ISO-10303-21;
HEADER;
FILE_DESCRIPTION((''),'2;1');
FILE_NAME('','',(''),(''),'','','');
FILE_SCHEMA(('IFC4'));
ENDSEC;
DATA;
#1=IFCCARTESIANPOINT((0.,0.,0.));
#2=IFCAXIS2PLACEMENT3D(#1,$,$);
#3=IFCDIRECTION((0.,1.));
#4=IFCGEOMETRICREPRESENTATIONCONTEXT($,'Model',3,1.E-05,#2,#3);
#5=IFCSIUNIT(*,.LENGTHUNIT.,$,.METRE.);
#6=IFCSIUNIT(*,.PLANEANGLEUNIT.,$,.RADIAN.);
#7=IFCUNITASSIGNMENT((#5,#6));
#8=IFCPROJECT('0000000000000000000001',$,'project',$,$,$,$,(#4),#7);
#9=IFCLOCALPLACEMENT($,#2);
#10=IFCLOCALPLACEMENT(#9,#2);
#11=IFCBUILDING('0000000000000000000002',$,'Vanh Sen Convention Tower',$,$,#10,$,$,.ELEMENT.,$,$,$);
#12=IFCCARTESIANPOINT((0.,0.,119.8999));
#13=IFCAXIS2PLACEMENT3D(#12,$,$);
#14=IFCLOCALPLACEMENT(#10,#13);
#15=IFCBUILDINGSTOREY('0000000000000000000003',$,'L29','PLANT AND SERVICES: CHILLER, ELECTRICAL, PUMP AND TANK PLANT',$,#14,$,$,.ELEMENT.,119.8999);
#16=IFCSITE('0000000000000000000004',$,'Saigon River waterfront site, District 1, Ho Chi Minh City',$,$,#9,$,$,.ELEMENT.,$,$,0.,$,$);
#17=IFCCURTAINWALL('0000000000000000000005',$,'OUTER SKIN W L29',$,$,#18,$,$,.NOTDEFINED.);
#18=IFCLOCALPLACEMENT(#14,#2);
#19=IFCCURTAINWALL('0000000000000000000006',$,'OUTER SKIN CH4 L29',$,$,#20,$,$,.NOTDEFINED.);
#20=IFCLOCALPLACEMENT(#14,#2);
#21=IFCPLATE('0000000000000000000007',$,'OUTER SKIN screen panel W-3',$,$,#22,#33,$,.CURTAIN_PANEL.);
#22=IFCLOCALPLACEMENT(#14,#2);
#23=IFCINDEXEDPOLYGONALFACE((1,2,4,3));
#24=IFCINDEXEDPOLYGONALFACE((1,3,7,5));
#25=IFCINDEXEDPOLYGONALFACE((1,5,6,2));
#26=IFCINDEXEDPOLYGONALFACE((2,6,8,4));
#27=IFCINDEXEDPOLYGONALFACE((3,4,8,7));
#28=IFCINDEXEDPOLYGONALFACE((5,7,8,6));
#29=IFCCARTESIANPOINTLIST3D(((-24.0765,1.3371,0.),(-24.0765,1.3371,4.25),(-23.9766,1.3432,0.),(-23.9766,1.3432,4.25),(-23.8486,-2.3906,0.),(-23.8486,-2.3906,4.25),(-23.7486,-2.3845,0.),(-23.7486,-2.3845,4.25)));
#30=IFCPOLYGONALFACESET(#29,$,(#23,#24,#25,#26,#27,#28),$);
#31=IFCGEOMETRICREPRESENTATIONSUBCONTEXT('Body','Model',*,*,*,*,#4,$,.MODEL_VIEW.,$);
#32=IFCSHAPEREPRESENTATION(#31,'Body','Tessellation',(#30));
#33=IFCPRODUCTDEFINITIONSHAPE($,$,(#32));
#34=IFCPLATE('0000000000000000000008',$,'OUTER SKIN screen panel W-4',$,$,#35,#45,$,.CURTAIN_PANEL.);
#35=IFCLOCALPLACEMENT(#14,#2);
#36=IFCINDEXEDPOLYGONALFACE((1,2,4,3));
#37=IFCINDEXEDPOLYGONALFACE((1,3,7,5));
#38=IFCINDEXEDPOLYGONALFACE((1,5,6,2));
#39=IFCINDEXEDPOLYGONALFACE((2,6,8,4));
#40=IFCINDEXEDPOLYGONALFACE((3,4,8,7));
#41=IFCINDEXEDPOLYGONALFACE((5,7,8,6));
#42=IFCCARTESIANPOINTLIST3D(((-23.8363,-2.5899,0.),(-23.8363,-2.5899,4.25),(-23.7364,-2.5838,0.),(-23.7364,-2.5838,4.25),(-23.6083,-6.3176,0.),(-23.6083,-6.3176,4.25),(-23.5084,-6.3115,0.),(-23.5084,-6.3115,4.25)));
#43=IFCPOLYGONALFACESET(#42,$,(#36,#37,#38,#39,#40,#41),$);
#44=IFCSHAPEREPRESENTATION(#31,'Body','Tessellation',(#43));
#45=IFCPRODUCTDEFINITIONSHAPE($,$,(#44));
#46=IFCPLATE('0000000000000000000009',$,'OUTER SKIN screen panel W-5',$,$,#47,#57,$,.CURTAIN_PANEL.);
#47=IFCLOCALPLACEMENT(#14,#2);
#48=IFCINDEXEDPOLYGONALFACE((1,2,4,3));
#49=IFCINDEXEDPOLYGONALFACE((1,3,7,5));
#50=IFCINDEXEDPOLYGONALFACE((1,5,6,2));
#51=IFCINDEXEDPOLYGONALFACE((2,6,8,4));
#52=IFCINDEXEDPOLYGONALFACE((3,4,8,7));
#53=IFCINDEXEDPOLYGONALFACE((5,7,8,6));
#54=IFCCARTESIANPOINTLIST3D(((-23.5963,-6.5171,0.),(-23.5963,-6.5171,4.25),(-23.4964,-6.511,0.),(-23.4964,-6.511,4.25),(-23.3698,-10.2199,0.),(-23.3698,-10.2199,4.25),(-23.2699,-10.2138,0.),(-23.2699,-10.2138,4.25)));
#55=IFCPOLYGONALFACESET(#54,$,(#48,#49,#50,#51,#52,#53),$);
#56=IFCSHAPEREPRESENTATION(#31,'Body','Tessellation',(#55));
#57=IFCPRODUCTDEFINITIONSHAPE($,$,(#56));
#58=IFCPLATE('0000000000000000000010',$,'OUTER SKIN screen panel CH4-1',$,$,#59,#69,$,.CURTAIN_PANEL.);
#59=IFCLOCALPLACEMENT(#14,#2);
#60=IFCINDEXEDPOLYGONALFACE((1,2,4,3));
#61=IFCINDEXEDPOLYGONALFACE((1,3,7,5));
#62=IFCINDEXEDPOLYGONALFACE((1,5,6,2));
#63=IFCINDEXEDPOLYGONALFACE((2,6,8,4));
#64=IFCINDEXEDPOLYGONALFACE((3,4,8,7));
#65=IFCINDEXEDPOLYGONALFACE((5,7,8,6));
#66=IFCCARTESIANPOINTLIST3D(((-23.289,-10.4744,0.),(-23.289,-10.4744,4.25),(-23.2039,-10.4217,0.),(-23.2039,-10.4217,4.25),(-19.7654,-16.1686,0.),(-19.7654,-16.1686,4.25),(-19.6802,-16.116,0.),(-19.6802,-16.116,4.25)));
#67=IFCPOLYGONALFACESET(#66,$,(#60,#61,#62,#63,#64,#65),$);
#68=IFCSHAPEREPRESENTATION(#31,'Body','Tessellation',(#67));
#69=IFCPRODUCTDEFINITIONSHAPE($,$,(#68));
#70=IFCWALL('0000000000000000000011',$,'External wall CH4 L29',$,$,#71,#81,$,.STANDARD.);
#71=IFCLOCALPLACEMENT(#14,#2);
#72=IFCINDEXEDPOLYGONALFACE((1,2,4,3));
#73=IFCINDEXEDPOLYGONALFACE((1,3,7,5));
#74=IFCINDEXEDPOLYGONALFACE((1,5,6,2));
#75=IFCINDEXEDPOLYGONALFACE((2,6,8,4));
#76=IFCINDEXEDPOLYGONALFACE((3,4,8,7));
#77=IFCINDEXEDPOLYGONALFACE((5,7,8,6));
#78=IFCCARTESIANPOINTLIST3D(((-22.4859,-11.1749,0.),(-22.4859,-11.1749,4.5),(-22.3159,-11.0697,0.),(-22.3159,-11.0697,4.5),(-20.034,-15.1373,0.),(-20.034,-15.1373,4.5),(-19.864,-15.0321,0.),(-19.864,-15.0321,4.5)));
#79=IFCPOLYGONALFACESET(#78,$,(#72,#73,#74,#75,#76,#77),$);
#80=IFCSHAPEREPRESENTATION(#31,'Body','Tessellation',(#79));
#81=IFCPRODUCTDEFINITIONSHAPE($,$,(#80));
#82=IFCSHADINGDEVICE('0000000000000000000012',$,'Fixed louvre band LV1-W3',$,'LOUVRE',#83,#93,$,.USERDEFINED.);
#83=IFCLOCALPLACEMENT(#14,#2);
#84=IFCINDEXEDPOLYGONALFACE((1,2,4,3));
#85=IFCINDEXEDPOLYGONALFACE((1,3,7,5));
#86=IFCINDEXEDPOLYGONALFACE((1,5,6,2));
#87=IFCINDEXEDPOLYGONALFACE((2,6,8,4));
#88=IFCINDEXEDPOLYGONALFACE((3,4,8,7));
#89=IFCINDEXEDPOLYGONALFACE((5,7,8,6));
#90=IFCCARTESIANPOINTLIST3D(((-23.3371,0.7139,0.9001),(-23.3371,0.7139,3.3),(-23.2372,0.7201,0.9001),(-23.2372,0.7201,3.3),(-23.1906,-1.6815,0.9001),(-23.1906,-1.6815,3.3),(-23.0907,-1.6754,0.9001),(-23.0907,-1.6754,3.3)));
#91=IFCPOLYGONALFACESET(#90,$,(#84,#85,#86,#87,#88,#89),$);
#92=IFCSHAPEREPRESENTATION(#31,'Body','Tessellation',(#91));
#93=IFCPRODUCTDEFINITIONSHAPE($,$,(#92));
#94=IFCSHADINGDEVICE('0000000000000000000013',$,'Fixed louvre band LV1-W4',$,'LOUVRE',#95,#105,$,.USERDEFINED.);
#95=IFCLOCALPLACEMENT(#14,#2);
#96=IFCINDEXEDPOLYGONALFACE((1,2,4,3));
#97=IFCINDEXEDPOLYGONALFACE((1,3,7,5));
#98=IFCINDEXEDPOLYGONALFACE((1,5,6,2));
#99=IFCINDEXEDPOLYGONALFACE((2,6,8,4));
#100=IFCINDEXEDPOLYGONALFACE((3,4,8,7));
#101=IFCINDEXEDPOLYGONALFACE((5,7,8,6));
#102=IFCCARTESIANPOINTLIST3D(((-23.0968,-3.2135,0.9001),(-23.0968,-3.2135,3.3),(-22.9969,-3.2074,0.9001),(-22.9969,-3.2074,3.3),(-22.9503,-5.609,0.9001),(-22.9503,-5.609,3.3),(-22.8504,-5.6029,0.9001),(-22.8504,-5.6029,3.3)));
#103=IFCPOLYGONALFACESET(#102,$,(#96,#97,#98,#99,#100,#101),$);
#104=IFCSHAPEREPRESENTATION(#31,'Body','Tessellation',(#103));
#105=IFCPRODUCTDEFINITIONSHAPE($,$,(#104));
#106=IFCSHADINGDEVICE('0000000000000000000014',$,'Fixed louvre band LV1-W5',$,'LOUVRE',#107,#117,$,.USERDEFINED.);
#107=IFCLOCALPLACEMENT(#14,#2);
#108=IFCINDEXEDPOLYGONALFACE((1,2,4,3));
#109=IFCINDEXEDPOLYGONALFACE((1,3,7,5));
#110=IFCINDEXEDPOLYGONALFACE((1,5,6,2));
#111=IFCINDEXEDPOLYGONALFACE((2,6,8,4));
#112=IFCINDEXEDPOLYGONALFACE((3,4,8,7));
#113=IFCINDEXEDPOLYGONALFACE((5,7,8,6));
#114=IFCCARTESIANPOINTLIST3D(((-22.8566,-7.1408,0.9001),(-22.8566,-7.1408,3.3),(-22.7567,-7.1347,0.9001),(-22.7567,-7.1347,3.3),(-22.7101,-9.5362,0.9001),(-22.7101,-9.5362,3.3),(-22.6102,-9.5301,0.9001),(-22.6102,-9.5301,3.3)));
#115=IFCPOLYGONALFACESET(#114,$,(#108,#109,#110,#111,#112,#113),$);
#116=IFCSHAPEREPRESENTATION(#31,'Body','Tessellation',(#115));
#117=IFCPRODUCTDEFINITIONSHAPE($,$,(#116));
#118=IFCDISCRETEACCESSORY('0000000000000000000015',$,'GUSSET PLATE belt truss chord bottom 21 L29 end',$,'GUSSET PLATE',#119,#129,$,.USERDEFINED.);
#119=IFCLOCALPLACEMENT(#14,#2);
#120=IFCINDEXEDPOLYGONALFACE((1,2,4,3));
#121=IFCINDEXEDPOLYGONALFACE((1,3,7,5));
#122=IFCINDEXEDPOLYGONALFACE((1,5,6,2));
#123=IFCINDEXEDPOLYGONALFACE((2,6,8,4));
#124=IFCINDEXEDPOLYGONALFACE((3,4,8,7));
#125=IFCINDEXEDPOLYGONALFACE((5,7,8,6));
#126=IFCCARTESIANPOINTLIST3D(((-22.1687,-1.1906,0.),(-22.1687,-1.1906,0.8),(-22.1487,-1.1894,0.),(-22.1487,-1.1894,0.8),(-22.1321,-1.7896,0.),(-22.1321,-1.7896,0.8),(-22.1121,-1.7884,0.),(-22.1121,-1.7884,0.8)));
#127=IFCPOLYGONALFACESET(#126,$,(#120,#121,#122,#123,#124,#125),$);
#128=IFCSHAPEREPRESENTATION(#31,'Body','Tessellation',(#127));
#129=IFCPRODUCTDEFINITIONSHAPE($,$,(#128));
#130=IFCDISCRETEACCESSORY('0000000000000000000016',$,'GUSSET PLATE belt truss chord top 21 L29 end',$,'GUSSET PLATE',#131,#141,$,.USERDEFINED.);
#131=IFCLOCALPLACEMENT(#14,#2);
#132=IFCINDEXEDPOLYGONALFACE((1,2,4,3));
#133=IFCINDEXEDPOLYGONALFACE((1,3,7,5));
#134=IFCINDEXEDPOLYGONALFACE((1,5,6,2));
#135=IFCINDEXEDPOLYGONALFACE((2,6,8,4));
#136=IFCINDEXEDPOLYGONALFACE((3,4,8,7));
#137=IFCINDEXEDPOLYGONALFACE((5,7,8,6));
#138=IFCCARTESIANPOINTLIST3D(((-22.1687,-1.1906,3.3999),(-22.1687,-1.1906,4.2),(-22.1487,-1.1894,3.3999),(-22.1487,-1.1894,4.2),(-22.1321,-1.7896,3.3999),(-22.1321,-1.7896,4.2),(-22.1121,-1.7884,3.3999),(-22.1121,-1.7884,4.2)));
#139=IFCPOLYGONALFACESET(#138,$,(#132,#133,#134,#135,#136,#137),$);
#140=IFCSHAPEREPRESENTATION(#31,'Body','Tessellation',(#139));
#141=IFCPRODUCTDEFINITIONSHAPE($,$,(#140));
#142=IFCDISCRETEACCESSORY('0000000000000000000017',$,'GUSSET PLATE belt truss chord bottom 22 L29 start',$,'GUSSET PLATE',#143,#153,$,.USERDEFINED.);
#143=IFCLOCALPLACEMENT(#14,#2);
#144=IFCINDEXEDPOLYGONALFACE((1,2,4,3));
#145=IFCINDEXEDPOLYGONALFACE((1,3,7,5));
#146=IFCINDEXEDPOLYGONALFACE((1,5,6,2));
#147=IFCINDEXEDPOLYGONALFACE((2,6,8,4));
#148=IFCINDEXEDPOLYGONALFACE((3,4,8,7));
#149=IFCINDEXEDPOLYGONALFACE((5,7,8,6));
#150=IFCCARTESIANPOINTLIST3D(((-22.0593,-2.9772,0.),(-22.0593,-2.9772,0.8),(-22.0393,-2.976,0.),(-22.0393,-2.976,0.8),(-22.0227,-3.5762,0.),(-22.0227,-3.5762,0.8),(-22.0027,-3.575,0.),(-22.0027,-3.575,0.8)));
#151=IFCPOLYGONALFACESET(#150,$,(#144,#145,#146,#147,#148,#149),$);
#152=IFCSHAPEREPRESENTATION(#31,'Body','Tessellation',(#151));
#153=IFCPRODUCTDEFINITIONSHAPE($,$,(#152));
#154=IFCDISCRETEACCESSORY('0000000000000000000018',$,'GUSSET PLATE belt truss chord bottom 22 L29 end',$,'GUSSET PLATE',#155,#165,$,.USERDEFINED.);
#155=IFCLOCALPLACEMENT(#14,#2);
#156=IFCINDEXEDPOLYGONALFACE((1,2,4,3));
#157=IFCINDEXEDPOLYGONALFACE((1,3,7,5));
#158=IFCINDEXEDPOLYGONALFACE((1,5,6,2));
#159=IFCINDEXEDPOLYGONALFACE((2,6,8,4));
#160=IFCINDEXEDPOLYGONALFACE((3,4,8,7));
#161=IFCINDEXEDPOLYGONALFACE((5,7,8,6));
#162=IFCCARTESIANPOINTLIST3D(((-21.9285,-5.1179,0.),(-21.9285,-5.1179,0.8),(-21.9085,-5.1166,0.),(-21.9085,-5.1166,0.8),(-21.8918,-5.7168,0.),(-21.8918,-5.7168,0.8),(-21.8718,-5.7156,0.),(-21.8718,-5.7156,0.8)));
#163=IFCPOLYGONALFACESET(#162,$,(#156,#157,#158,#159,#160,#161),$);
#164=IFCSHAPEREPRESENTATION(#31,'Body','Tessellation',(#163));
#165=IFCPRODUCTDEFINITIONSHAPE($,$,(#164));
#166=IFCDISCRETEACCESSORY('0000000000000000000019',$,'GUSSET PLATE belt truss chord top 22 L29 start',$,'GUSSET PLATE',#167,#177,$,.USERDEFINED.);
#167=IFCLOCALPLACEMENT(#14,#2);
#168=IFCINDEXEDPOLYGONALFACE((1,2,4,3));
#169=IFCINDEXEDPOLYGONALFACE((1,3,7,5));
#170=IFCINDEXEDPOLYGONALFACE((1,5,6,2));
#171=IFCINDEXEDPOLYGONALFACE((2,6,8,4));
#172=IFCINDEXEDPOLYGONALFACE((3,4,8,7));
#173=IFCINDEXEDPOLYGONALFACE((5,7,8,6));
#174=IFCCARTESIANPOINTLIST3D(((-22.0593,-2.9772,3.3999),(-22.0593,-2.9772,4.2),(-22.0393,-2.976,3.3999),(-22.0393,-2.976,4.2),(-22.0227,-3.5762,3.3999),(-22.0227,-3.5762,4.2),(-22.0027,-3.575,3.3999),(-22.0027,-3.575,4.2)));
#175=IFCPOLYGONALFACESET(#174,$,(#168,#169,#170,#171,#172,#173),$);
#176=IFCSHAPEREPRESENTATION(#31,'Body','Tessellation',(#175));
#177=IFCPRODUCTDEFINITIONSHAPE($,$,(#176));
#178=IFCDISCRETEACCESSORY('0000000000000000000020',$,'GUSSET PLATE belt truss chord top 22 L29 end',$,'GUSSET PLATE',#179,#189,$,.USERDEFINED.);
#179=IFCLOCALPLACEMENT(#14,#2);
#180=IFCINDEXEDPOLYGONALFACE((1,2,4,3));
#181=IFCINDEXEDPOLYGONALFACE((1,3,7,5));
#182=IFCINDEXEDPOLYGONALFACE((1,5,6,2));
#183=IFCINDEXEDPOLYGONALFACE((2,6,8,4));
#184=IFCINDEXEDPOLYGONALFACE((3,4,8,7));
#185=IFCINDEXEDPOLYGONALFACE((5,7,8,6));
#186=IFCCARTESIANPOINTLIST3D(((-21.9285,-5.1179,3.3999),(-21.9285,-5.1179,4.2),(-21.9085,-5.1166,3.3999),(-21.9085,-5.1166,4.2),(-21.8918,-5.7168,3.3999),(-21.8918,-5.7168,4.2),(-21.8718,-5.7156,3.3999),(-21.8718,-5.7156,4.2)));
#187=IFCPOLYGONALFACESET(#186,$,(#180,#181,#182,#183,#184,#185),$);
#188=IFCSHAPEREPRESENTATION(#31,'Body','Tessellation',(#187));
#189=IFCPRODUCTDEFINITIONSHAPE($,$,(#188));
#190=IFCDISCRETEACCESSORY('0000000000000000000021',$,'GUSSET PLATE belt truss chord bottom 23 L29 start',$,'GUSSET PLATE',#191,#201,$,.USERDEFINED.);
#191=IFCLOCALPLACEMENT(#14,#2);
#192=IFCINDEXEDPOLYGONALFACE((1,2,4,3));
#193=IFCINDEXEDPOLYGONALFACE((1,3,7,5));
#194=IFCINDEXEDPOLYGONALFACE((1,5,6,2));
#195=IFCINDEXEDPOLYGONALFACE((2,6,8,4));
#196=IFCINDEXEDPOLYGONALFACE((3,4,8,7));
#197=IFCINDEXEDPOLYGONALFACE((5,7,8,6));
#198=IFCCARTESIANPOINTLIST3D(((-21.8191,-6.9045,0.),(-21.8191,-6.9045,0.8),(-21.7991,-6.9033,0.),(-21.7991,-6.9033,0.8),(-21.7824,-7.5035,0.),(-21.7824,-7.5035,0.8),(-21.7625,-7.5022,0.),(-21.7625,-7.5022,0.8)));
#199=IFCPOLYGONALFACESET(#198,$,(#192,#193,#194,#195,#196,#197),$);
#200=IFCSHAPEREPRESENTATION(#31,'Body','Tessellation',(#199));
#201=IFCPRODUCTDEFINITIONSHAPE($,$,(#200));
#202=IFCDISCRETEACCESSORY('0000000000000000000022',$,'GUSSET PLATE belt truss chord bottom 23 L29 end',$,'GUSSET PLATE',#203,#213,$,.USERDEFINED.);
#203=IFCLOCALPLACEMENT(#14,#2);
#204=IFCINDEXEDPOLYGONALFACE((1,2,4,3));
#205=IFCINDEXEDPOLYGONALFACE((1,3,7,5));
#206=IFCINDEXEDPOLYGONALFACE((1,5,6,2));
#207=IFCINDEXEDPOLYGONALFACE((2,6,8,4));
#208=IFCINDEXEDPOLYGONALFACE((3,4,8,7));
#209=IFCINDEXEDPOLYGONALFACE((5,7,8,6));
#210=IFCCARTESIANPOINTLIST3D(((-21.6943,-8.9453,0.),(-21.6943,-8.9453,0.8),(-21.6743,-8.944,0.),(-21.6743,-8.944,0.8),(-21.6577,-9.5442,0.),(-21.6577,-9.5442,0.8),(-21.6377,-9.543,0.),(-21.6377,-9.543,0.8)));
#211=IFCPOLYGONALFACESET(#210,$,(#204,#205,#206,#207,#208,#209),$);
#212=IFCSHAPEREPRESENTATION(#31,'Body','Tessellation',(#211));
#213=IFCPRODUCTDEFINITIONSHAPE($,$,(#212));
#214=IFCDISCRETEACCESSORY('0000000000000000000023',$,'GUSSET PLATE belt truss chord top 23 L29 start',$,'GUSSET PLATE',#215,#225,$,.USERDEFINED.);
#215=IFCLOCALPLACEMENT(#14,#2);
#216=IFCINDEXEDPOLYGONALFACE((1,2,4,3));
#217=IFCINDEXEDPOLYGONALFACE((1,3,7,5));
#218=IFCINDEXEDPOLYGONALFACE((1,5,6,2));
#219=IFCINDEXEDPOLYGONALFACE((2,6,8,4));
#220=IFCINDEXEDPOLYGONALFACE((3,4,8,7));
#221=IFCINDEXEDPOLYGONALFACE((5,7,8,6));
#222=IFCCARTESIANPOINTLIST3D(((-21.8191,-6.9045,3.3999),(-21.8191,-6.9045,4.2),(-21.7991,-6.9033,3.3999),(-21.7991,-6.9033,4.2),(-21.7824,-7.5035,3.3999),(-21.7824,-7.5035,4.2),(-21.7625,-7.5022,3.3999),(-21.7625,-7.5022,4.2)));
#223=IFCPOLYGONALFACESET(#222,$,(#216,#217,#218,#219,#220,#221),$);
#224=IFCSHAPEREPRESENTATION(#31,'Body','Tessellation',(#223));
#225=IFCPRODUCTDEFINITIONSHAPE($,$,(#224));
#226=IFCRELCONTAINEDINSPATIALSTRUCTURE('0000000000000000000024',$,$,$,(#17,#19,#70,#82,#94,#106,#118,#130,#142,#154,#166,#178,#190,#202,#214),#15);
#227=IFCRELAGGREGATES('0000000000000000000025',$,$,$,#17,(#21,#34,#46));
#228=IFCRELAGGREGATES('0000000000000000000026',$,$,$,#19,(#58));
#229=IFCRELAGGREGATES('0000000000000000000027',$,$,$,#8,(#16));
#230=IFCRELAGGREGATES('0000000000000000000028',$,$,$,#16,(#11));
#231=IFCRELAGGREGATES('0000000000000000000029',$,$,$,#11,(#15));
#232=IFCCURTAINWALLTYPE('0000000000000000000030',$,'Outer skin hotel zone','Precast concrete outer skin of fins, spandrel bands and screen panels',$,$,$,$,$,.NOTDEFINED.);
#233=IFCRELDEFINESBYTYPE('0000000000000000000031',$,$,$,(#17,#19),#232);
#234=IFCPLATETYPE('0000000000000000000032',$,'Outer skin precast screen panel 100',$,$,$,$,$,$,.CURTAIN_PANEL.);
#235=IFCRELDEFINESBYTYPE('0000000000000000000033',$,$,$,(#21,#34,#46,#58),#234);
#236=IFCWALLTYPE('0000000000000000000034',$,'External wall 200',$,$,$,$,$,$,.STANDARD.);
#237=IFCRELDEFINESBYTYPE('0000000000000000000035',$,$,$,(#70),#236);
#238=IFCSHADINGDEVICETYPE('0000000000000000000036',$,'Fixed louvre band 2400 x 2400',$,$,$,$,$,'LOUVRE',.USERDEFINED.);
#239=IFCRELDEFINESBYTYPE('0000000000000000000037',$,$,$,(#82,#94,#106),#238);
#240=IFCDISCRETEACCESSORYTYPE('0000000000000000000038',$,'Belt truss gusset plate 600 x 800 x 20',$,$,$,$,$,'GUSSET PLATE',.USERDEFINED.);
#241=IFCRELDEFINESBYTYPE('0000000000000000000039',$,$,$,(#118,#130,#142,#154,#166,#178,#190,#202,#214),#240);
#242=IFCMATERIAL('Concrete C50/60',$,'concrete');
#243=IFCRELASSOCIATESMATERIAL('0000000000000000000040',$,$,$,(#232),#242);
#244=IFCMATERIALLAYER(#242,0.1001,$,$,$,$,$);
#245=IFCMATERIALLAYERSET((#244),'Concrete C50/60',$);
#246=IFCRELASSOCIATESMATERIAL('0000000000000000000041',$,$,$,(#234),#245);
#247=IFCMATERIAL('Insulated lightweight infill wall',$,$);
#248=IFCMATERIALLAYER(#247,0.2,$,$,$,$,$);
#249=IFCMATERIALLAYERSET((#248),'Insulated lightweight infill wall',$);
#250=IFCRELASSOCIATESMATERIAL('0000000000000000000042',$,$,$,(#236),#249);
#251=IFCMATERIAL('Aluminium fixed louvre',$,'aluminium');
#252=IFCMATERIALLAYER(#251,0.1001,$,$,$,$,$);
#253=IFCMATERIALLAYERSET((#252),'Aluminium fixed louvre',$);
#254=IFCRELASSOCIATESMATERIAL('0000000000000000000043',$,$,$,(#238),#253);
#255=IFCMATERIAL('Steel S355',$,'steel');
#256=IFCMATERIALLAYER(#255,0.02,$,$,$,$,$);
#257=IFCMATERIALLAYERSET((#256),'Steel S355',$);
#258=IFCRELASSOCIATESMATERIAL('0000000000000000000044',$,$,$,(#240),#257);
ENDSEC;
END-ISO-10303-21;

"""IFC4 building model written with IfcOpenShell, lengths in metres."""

from ifc_helpers import new_model, si_unit, direction, frame, frame_2d, origin, origin_2d, place, context, subcontext, project, spatial, rectangle, extrude, material, layer, layer_set, type_object, element, aggregate, save


model = new_model("IFC4")

# Units and contexts
model_context = context("Model", 3, precision=1e-05, world=origin(), true_north=direction((0.0, 1.0)))
body_context = subcontext(model_context, "Body", "Model", "MODEL_VIEW")
ifc_project = project(units=[si_unit("LENGTHUNIT", "METRE"), si_unit("PLANEANGLEUNIT", "RADIAN")], contexts=[model_context])

# Site, building, storey
site_placement = place(None, origin())
site = spatial("IfcSite", under=ifc_project, at=site_placement, Name="Saigon River waterfront site, District 1, Ho Chi Minh City", CompositionType="ELEMENT", RefElevation=0.0)
building_placement = place(site_placement, origin())
building = spatial("IfcBuilding", under=site, at=building_placement, Name="Vanh Sen Convention Tower", CompositionType="ELEMENT")
storey_placement = place(building_placement, frame((0.0, 0.0, 119.8999)))
storey = spatial("IfcBuildingStorey", under=building, at=storey_placement, Name="L29", Description="PLANT AND SERVICES: CHILLER, ELECTRICAL, PUMP AND TANK PLANT", CompositionType="ELEMENT", Elevation=119.8999)

# Shared definitions
ifc_material_1 = material(Name="Steel S355", Category="steel")

# Curtain wall
ifc_material_2 = material(Name="Concrete C50/60", Category="concrete")
curtain_wall_type = type_object("IfcCurtainWallType", Name="Outer skin hotel zone", Description="Precast concrete outer skin of fins, spandrel bands and screen panels", PredefinedType="NOTDEFINED", material=ifc_material_2)
curtain_wall_1_placement = place(storey_placement, origin())
curtain_wall_1 = element("IfcCurtainWall", 1, at=curtain_wall_1_placement, inside=storey, type_object=curtain_wall_type, Name="OUTER SKIN W L29", PredefinedType="NOTDEFINED")

# Curtain wall
curtain_wall_2_placement = place(storey_placement, origin())
curtain_wall_2 = element("IfcCurtainWall", 2, at=curtain_wall_2_placement, inside=storey, type_object=curtain_wall_type, Name="OUTER SKIN CH4 L29", PredefinedType="NOTDEFINED")

# Plates
ifc_layer_1 = layer(ifc_material_2, 0.1001)
ifc_layer_set_1 = layer_set([ifc_layer_1], Name="Concrete C50/60")
plate_type = type_object("IfcPlateType", Name="Outer skin precast screen panel 100", PredefinedType="CURTAIN_PANEL", material=ifc_layer_set_1)
plate_1_placement = place(storey_placement, frame((-23.9126, -0.5237, 0.0), z_axis=(0.0, 0.0, 1.0), x_axis=(0.061047, -0.998135, 0.0)))
plate_1 = element("IfcPlate", 3, at=plate_1_placement, type_object=plate_type, Name="OUTER SKIN screen panel W-3", PredefinedType="CURTAIN_PANEL", context=body_context, shape_type="SweptSolid", body=[
    extrude(rectangle(XDim=3.7346, YDim=0.1001, at=origin_2d()), origin(), (0.0, 0.0, 1.0), 4.25),
])
plate_2_placement = place(storey_placement, frame((-23.6724, -4.4507, 0.0), z_axis=(0.0, 0.0, 1.0), x_axis=(0.061049, -0.998135, 0.0)))
plate_2 = element("IfcPlate", 4, at=plate_2_placement, type_object=plate_type, Name="OUTER SKIN screen panel W-4", PredefinedType="CURTAIN_PANEL", context=body_context, shape_type="SweptSolid", body=[
    extrude(rectangle(XDim=3.7346, YDim=0.1001, at=origin_2d()), origin(), (0.0, 0.0, 1.0), 4.25),
])
plate_3_placement = place(storey_placement, frame((-23.4331, -8.3655, 0.0), z_axis=(0.0, 0.0, 1.0), x_axis=(0.061047, -0.998135, 0.0)))
plate_3 = element("IfcPlate", 5, at=plate_3_placement, type_object=plate_type, Name="OUTER SKIN screen panel W-5", PredefinedType="CURTAIN_PANEL", context=body_context, shape_type="SweptSolid", body=[
    extrude(rectangle(XDim=3.7097, YDim=0.1001, at=origin_2d()), origin(), (0.0, 0.0, 1.0), 4.25),
])
aggregate(curtain_wall_1, [plate_1, plate_2, plate_3])
plate_4_placement = place(storey_placement, frame((-21.4846, -13.2952, 0.0), z_axis=(0.0, 0.0, 1.0), x_axis=(0.526205, -0.850358, 0.0)))
plate_4 = element("IfcPlate", 6, at=plate_4_placement, type_object=plate_type, Name="OUTER SKIN screen panel CH4-1", PredefinedType="CURTAIN_PANEL", context=body_context, shape_type="SweptSolid", body=[
    extrude(rectangle(XDim=6.6963, YDim=0.1001, at=origin_2d()), origin(), (0.0, 0.0, 1.0), 4.25),
])
aggregate(curtain_wall_2, [plate_4])

# Wall
ifc_material_3 = material(Name="Insulated lightweight infill wall")
ifc_layer_2 = layer(ifc_material_3, 0.2)
ifc_layer_set_2 = layer_set([ifc_layer_2], Name="Insulated lightweight infill wall")
wall_type = type_object("IfcWallType", Name="External wall 200", PredefinedType="STANDARD", material=ifc_layer_set_2)
wall_placement = place(storey_placement, frame((-22.4009, -11.1223, 0.0), z_axis=(0.0, 0.0, 1.0), x_axis=(0.526198, -0.850362, 0.0)))
element("IfcWall", 7, at=wall_placement, inside=storey, type_object=wall_type, Name="External wall CH4 L29", PredefinedType="STANDARD", context=body_context, shape_type="SweptSolid", body=[
    extrude(rectangle(XDim=4.6597, YDim=0.2, at=frame_2d((2.3298, 0.0))), origin(), (0.0, 0.0, 1.0), 4.5),
])

# Shading devices
ifc_material_4 = material(Name="Aluminium fixed louvre", Category="aluminium")
ifc_layer_3 = layer(ifc_material_4, 0.1001)
ifc_layer_set_3 = layer_set([ifc_layer_3], Name="Aluminium fixed louvre")
shading_device_type = type_object("IfcShadingDeviceType", Name="Fixed louvre band 2400 x 2400", ElementType="LOUVRE", PredefinedType="USERDEFINED", material=ifc_layer_set_3)
for number, where, z_axis, x_axis, name in (
    (8, (-23.2139, -0.4807, 0.9001), (0.0, 0.0, 1.0), (0.061049, -0.998135, 0.0), "Fixed louvre band LV1-W3"),
    (9, (-22.9736, -4.4082, 0.9001), (0.0, 0.0, 1.0), (0.061049, -0.998135, 0.0), "Fixed louvre band LV1-W4"),
    (10, (-22.7334, -8.3354, 0.9001), (0.0, 0.0, 1.0), (0.061049, -0.998135, 0.0), "Fixed louvre band LV1-W5"),
):
    element("IfcShadingDevice", number, at=place(storey_placement, frame(where, z_axis=z_axis, x_axis=x_axis)), inside=storey, type_object=shading_device_type, Name=name, ObjectType="LOUVRE", PredefinedType="USERDEFINED", context=body_context, shape_type="SweptSolid", body=[
        extrude(rectangle(XDim=2.3999, YDim=0.1001, at=origin_2d()), origin(), (0.0, 0.0, 1.0), 2.3999),
    ])

# Discrete accessories
ifc_layer_4 = layer(ifc_material_1, 0.02)
ifc_layer_set_4 = layer_set([ifc_layer_4], Name="Steel S355")
discrete_accessory_type_1 = type_object("IfcDiscreteAccessoryType", Name="Belt truss gusset plate 600 x 800 x 20", ElementType="GUSSET PLATE", PredefinedType="USERDEFINED", material=ifc_layer_set_4)
for number, where, z_axis, x_axis, name in (
    (11, (-22.1404, -1.4895, 0.0), (0.0, 0.0, 1.0), (-0.061047, 0.998135, 0.0), "GUSSET PLATE belt truss chord bottom 21 L29 end"),
    (12, (-22.1404, -1.4895, 3.3999), (0.0, 0.0, 1.0), (-0.061047, 0.998135, 0.0), "GUSSET PLATE belt truss chord top 21 L29 end"),
    (13, (-22.031, -3.2761, 0.0), (0.0, 0.0, 1.0), (0.061049, -0.998135, 0.0), "GUSSET PLATE belt truss chord bottom 22 L29 start"),
    (14, (-21.9001, -5.4167, 0.0), (0.0, 0.0, 1.0), (-0.061049, 0.998135, 0.0), "GUSSET PLATE belt truss chord bottom 22 L29 end"),
    (15, (-22.031, -3.2761, 3.3999), (0.0, 0.0, 1.0), (0.061049, -0.998135, 0.0), "GUSSET PLATE belt truss chord top 22 L29 start"),
    (16, (-21.9001, -5.4167, 3.3999), (0.0, 0.0, 1.0), (-0.061049, 0.998135, 0.0), "GUSSET PLATE belt truss chord top 22 L29 end"),
    (17, (-21.7908, -7.2034, 0.0), (0.0, 0.0, 1.0), (0.061047, -0.998135, 0.0), "GUSSET PLATE belt truss chord bottom 23 L29 start"),
    (18, (-21.666, -9.2441, 0.0), (0.0, 0.0, 1.0), (-0.061047, 0.998135, 0.0), "GUSSET PLATE belt truss chord bottom 23 L29 end"),
    (19, (-21.7908, -7.2034, 3.3999), (0.0, 0.0, 1.0), (0.061047, -0.998135, 0.0), "GUSSET PLATE belt truss chord top 23 L29 start"),
):
    element("IfcDiscreteAccessory", number, at=place(storey_placement, frame(where, z_axis=z_axis, x_axis=x_axis)), inside=storey, type_object=discrete_accessory_type_1, Name=name, ObjectType="GUSSET PLATE", PredefinedType="USERDEFINED", context=body_context, shape_type="SweptSolid", body=[
        extrude(rectangle(XDim=0.6001, YDim=0.02, at=origin_2d()), origin(), (0.0, 0.0, 1.0), 0.8),
    ])

save(model, "model.ifc")
